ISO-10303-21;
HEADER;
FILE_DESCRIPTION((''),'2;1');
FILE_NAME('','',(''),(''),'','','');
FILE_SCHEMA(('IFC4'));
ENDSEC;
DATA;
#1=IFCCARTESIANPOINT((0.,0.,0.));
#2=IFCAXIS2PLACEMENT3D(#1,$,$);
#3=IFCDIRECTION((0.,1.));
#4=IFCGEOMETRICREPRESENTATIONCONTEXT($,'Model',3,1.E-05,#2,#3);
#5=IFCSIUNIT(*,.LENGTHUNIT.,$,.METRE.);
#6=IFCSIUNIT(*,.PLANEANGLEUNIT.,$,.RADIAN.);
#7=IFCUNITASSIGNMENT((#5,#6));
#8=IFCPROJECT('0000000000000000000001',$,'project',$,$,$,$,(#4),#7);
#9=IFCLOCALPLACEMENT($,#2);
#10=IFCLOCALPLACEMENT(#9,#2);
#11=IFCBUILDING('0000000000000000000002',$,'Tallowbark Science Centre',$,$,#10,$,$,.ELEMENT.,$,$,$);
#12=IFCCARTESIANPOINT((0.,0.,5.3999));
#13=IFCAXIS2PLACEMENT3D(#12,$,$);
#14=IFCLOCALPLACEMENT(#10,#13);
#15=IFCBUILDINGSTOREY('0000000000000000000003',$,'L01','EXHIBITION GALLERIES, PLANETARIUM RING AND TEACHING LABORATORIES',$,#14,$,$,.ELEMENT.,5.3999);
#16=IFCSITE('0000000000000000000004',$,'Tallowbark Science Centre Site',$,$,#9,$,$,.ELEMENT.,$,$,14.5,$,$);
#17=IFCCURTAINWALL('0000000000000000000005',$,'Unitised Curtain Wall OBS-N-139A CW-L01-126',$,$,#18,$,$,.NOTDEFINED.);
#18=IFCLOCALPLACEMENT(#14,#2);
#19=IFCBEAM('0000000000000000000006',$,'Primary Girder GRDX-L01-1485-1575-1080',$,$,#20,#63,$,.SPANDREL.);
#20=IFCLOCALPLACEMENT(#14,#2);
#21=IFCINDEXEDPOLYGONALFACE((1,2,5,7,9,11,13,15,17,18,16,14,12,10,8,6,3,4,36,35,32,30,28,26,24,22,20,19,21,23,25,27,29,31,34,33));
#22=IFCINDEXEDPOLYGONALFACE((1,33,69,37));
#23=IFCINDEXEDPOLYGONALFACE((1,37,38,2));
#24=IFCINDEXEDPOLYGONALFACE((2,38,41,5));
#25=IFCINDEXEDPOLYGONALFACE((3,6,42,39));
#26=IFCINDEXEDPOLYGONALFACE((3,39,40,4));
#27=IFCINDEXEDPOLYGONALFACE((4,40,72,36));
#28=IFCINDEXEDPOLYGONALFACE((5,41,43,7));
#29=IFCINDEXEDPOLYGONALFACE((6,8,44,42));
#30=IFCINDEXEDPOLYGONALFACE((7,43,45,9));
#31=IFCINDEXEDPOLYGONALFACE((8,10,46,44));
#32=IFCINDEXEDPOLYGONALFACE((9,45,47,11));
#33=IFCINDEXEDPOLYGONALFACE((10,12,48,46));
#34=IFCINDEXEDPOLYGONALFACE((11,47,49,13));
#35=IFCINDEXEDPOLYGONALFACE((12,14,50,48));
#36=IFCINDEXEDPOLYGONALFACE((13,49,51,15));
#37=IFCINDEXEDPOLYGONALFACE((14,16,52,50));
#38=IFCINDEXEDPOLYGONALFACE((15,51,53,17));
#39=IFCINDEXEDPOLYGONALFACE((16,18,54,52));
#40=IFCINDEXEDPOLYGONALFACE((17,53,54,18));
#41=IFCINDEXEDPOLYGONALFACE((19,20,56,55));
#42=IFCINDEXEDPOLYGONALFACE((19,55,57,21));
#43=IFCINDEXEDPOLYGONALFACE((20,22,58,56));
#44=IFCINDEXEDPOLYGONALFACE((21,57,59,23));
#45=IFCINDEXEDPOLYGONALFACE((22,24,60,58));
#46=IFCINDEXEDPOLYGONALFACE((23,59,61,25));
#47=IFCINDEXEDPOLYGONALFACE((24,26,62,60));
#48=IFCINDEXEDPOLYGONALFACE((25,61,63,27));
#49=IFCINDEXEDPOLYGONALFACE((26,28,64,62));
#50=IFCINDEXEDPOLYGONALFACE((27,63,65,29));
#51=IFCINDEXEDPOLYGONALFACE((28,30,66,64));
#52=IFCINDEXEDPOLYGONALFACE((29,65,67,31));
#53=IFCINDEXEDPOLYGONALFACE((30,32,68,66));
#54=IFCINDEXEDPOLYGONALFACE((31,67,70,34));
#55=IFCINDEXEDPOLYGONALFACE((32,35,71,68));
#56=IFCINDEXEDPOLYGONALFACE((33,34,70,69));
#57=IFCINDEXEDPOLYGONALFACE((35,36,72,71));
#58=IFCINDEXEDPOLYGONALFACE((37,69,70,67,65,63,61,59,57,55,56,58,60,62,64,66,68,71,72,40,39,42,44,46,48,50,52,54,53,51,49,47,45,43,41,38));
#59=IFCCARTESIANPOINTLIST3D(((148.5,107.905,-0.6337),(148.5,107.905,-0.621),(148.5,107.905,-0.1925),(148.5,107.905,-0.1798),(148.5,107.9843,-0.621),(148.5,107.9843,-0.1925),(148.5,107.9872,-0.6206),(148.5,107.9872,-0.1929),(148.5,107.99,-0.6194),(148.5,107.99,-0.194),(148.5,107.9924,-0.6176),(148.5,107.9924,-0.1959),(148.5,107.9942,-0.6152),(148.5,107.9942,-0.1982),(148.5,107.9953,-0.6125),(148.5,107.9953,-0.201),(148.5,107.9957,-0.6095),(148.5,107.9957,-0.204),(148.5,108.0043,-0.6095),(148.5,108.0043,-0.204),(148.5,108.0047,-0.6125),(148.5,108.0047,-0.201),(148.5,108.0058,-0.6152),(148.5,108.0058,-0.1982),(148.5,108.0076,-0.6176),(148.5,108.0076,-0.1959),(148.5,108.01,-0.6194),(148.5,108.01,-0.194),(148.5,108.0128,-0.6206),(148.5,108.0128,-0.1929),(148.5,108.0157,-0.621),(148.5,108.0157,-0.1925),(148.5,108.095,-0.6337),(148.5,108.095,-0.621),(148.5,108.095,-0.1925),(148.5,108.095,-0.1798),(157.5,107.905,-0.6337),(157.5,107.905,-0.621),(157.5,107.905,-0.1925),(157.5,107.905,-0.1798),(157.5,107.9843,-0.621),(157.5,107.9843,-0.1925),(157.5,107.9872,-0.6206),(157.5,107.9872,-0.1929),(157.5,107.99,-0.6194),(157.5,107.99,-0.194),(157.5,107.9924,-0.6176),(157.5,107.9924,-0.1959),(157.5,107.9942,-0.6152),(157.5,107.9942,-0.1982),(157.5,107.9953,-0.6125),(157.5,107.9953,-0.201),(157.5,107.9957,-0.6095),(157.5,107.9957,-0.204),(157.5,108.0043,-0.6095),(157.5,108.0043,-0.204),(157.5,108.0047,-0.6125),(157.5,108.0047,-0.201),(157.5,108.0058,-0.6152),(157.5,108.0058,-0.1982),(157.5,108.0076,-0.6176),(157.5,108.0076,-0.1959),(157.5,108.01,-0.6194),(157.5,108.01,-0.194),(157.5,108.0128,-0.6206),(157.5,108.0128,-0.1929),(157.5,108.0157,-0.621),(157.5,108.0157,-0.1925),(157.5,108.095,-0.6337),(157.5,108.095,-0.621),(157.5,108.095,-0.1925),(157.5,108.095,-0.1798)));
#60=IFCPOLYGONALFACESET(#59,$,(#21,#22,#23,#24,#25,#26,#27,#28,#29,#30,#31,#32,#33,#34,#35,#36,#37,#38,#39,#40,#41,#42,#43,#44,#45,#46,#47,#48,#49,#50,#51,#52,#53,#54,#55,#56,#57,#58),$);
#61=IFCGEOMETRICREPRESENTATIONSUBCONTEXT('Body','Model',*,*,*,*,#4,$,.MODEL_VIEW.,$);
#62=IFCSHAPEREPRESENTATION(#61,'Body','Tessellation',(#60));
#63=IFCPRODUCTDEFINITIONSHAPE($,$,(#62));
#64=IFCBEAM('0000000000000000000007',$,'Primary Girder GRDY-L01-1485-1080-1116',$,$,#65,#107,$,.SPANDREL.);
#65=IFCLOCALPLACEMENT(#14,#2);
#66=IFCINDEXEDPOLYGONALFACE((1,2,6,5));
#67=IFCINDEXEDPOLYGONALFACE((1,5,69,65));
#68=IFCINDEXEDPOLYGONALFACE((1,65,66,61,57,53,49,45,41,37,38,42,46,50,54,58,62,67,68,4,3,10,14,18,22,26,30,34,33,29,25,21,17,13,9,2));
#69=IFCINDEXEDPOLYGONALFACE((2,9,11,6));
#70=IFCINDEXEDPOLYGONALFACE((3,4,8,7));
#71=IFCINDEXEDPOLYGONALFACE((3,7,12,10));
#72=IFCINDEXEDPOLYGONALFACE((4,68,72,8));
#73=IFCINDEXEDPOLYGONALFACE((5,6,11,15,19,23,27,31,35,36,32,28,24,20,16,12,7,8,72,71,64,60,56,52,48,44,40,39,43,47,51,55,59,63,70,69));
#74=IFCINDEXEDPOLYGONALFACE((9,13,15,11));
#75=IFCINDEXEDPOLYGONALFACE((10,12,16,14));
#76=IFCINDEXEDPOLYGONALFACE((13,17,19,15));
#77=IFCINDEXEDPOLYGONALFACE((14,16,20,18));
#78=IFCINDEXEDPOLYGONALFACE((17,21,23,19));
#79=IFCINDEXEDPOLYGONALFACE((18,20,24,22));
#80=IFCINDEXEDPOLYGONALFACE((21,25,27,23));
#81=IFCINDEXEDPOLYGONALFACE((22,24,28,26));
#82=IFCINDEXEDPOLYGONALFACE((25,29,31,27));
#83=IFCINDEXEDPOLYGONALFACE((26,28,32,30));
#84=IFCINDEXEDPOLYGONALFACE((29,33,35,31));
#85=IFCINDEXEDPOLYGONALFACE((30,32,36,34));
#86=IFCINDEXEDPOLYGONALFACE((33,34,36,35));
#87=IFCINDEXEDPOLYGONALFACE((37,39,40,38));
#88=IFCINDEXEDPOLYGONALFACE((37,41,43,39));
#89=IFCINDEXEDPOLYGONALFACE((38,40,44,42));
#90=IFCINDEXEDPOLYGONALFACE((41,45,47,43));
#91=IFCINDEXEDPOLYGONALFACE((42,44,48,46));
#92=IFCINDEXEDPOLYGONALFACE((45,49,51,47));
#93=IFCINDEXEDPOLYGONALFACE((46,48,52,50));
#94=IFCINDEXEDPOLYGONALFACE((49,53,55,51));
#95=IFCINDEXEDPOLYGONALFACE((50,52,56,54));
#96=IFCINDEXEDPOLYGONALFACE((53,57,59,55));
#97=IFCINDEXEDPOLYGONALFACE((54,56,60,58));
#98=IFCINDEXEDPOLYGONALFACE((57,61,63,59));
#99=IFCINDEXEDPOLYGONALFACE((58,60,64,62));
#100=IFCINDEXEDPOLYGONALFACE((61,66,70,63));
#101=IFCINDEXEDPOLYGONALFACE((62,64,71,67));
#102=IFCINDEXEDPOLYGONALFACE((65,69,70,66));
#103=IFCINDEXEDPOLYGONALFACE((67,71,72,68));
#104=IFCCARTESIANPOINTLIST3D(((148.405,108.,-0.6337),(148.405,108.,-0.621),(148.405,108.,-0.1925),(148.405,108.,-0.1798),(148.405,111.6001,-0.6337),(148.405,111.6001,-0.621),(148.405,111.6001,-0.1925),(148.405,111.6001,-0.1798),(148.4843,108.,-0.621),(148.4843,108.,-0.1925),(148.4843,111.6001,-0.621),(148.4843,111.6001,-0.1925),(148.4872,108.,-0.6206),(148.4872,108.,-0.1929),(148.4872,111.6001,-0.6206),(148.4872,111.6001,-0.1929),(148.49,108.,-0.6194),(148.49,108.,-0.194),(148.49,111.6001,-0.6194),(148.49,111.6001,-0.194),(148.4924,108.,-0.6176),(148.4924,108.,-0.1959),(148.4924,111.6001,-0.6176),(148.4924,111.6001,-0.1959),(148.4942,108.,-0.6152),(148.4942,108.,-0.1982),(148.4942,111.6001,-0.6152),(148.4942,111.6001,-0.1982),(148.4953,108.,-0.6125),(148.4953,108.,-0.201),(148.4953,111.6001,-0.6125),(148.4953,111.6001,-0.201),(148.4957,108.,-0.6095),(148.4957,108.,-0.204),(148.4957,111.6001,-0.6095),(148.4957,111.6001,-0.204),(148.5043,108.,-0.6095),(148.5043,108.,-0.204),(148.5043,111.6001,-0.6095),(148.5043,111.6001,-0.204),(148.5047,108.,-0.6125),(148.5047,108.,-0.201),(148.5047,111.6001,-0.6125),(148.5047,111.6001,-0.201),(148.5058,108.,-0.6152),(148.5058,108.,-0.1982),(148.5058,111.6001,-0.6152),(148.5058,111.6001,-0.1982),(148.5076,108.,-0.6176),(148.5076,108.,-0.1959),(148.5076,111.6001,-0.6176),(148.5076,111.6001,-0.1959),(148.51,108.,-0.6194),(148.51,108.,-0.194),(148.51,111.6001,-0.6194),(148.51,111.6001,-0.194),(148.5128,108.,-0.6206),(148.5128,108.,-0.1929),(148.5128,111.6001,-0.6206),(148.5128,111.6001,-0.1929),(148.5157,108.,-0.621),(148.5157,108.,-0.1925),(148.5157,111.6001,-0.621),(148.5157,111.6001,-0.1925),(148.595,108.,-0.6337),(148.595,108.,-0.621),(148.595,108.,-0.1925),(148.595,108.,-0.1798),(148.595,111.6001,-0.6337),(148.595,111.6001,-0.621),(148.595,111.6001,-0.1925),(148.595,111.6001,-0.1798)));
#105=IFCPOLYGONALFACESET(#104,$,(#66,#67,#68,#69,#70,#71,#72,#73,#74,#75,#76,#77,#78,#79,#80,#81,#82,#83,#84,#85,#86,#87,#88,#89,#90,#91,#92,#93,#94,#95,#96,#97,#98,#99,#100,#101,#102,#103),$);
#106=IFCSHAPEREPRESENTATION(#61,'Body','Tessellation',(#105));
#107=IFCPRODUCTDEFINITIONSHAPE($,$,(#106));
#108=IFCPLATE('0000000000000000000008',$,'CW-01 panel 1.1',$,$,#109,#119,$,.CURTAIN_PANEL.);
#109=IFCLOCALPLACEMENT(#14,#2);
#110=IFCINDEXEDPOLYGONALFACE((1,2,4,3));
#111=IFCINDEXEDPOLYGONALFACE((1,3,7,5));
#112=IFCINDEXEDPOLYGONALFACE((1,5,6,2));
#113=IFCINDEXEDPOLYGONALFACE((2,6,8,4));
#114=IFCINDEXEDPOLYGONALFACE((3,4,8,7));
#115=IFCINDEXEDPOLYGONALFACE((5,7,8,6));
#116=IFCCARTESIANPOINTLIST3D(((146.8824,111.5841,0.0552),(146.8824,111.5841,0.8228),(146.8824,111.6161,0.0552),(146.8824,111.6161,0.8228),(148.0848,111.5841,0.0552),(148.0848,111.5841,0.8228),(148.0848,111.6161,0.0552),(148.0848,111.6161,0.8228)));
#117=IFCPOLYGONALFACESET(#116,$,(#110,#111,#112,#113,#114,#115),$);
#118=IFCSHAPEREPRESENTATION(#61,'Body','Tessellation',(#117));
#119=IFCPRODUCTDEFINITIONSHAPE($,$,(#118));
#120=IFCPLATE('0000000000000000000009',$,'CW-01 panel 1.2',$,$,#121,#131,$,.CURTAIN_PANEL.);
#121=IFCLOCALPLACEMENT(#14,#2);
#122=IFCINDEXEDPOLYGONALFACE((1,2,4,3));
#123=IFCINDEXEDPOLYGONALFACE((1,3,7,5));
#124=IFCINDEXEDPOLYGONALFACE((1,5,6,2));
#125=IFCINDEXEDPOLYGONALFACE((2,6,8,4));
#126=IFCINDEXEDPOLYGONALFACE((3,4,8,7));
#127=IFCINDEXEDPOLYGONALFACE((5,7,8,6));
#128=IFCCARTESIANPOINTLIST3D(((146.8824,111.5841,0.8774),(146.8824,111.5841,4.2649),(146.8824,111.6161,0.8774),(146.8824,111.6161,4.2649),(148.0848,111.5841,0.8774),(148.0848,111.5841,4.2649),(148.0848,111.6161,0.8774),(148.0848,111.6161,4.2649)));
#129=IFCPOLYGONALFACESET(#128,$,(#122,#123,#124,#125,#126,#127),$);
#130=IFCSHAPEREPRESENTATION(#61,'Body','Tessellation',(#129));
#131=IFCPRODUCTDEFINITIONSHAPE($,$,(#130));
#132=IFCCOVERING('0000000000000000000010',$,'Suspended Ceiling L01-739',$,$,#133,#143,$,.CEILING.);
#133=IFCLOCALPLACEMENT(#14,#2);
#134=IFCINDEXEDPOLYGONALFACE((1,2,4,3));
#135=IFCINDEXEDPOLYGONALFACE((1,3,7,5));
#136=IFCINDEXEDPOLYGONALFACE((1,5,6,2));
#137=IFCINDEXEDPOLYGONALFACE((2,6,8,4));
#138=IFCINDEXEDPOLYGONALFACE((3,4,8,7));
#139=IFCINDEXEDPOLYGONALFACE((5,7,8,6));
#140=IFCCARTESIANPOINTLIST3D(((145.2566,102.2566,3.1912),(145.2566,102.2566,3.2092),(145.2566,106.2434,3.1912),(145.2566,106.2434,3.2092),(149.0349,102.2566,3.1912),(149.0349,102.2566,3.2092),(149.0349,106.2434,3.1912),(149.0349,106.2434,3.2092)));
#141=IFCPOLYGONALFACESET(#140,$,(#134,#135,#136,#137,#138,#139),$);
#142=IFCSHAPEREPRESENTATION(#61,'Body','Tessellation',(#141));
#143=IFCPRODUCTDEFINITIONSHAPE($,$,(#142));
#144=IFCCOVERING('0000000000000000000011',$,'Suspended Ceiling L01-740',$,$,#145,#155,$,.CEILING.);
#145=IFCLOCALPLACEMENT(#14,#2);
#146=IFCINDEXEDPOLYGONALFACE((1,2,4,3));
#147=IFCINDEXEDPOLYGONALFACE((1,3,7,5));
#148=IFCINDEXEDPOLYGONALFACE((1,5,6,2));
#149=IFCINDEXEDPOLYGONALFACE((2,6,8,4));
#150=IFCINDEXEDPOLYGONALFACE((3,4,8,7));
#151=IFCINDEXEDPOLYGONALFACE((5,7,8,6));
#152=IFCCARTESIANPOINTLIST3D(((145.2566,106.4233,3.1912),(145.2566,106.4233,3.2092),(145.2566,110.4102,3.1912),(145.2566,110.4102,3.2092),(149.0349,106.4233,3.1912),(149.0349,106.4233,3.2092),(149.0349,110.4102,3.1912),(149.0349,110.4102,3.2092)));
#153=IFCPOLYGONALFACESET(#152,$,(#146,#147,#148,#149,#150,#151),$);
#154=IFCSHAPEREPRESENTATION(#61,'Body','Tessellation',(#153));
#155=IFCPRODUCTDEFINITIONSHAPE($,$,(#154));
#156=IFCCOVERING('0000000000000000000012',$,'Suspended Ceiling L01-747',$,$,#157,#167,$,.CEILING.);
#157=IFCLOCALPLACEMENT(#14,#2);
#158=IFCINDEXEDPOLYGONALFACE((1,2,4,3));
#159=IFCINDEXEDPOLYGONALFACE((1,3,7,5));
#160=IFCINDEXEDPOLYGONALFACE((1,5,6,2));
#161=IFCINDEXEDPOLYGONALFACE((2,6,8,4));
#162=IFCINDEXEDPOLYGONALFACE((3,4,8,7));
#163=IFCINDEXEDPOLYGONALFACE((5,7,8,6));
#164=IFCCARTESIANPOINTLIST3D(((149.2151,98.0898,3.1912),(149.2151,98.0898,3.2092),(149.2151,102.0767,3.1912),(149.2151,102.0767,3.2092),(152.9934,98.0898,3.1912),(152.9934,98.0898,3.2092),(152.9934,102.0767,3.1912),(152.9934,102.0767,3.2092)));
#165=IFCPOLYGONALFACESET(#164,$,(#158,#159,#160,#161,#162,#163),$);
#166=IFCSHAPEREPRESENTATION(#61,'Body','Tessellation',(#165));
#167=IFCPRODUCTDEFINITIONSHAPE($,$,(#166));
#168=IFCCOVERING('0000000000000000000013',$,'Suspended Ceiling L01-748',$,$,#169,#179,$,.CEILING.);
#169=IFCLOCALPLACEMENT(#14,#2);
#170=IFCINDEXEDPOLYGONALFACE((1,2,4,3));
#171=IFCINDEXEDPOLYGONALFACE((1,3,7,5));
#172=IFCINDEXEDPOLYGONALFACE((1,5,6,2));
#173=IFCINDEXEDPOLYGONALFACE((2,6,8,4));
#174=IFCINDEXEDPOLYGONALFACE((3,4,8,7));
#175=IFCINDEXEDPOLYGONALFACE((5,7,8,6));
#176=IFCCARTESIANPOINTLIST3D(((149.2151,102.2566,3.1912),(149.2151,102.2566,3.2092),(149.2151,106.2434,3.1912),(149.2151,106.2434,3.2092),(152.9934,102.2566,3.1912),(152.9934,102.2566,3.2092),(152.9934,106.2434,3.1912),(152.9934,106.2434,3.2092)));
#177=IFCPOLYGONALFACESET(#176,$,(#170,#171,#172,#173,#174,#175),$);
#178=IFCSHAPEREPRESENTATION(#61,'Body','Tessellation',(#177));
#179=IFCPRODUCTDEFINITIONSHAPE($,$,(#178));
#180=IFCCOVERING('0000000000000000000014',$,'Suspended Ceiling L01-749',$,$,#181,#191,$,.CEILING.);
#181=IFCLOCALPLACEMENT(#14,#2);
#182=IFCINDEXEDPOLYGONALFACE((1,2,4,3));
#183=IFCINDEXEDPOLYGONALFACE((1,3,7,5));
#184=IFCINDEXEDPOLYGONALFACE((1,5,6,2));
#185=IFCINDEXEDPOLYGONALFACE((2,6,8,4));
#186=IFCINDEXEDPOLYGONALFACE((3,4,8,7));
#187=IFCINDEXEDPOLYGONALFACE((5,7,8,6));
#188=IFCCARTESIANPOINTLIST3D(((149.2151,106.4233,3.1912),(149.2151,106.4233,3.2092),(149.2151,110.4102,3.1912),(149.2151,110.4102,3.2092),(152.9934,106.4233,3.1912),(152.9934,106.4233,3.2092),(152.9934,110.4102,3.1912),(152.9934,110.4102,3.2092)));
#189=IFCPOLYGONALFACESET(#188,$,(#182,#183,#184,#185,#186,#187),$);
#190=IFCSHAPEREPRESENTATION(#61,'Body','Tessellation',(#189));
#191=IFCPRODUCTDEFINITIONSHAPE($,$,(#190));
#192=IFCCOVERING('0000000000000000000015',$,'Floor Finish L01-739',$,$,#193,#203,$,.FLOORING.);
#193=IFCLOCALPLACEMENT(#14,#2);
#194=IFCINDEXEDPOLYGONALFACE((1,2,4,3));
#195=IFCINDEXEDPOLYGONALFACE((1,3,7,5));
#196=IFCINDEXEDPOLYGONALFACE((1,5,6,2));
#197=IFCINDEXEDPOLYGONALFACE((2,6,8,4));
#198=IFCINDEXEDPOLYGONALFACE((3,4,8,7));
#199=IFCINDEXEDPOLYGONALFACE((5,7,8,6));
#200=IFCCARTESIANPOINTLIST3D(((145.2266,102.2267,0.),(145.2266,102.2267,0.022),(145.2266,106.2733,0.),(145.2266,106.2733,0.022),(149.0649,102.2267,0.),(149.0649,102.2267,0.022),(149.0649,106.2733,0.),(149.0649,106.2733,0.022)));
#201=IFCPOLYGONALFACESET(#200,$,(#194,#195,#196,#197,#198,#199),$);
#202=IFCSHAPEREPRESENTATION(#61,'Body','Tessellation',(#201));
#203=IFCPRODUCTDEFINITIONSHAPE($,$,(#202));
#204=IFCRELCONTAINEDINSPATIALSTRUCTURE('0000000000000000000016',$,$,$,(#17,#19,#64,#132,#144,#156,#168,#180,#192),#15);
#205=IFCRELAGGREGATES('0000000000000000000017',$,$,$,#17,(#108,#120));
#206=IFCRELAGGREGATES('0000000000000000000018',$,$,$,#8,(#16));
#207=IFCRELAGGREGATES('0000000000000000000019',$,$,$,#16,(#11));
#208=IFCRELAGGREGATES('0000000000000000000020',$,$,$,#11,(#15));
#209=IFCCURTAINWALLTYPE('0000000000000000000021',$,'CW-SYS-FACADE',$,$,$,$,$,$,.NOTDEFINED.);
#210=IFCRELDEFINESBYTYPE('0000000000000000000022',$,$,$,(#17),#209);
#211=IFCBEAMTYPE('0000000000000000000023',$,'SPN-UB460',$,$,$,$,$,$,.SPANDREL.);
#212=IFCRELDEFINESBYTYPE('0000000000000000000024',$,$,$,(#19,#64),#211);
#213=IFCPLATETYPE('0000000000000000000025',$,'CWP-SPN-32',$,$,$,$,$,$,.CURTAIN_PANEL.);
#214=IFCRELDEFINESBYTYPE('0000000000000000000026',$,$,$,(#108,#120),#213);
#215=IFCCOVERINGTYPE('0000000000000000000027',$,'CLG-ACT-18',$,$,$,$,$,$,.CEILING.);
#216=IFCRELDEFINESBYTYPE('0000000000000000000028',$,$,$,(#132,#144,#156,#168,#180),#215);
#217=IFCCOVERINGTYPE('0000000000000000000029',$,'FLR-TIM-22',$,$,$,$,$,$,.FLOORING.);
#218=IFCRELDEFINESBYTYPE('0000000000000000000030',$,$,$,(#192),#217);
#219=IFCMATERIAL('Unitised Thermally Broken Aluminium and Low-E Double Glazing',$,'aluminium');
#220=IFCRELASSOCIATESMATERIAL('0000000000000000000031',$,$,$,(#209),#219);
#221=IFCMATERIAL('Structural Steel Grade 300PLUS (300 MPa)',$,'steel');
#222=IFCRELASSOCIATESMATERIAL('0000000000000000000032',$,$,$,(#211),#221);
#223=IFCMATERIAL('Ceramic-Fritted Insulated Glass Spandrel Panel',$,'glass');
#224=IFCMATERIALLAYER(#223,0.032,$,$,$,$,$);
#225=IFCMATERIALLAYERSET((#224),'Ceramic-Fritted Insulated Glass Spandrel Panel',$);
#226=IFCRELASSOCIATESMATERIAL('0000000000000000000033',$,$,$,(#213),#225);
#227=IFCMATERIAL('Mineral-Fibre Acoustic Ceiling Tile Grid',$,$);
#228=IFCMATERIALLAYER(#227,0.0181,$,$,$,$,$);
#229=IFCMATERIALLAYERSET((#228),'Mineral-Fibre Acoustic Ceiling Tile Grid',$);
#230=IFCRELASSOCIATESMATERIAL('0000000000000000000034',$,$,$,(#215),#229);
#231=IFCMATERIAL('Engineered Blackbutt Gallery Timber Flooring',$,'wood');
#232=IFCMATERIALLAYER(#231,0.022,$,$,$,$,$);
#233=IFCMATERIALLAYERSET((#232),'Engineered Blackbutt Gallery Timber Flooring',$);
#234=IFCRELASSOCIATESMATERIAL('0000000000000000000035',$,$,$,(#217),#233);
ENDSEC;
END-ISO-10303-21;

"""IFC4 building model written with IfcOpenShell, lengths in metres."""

from ifc_helpers import new_model, si_unit, direction, frame, origin, origin_2d, place, context, subcontext, project, spatial, rectangle, i_section, extrude, material, layer, layer_set, material_profile, profile_set, type_object, element, aggregate, save


model = new_model("IFC4")

# Units and contexts
model_context = context("Model", 3, precision=1e-05, world=origin(), true_north=direction((0.0, 1.0)))
body_context = subcontext(model_context, "Body", "Model", "MODEL_VIEW")
ifc_project = project(units=[si_unit("LENGTHUNIT", "METRE"), si_unit("PLANEANGLEUNIT", "RADIAN")], contexts=[model_context])

# Site, building, storey
site_placement = place(None, origin())
site = spatial("IfcSite", under=ifc_project, at=site_placement, Name="Tallowbark Science Centre Site", CompositionType="ELEMENT", RefElevation=14.5)
building_placement = place(site_placement, origin())
building = spatial("IfcBuilding", under=site, at=building_placement, Name="Tallowbark Science Centre", CompositionType="ELEMENT")
storey_placement = place(building_placement, frame((0.0, 0.0, 5.3999)))
storey = spatial("IfcBuildingStorey", under=building, at=storey_placement, Name="L01", Description="EXHIBITION GALLERIES, PLANETARIUM RING AND TEACHING LABORATORIES", CompositionType="ELEMENT", Elevation=5.3999)

# Shared definitions
ifc_material_1 = material(Name="Structural Steel Grade 300PLUS (300 MPa)", Category="steel")

# Curtain wall
ifc_material_2 = material(Name="Unitised Thermally Broken Aluminium and Low-E Double Glazing", Category="aluminium")
curtain_wall_type = type_object("IfcCurtainWallType", Name="CW-SYS-FACADE", PredefinedType="NOTDEFINED", material=ifc_material_2)
curtain_wall_placement = place(storey_placement, origin())
curtain_wall = element("IfcCurtainWall", 1, at=curtain_wall_placement, inside=storey, type_object=curtain_wall_type, Name="Unitised Curtain Wall OBS-N-139A CW-L01-126", PredefinedType="NOTDEFINED")

# Beams
ifc_material_profile_1 = material_profile(ifc_material_1, i_section(OverallWidth=0.1899, OverallDepth=0.4539, WebThickness=0.0085, FlangeThickness=0.0127, FilletRadius=0.0115, at=origin_2d()), Name="460UB67.1")
ifc_profile_set_1 = profile_set([ifc_material_profile_1], Name="Structural Steel Grade 300PLUS (300 MPa)")
beam_type_1 = type_object("IfcBeamType", Name="SPN-UB460", PredefinedType="SPANDREL", material=ifc_profile_set_1)
beam_1_placement = place(storey_placement, frame((148.5, 108.0, -0.4067), z_axis=(1.0, 0.0, 0.0), x_axis=(0.0, 1.0, 0.0)))
element("IfcBeam", 2, at=beam_1_placement, inside=storey, type_object=beam_type_1, Name="Primary Girder GRDX-L01-1485-1575-1080", PredefinedType="SPANDREL", context=body_context, shape_type="SweptSolid", body=[
    extrude(i_section(OverallWidth=0.1899, OverallDepth=0.4539, WebThickness=0.0085, FlangeThickness=0.0127, FilletRadius=0.0115, at=origin_2d()), origin(), (0.0, 0.0, 1.0), 9.0),
])
beam_2_placement = place(storey_placement, frame((148.5, 108.0, -0.4067), z_axis=(0.0, 1.0, 0.0), x_axis=(-1.0, 0.0, 0.0)))
element("IfcBeam", 3, at=beam_2_placement, inside=storey, type_object=beam_type_1, Name="Primary Girder GRDY-L01-1485-1080-1116", PredefinedType="SPANDREL", context=body_context, shape_type="SweptSolid", body=[
    extrude(i_section(OverallWidth=0.1899, OverallDepth=0.4539, WebThickness=0.0085, FlangeThickness=0.0127, FilletRadius=0.0115, at=origin_2d()), origin(), (0.0, 0.0, 1.0), 3.6001),
])

# Plates
ifc_material_3 = material(Name="Ceramic-Fritted Insulated Glass Spandrel Panel", Category="glass")
ifc_layer_1 = layer(ifc_material_3, 0.032)
ifc_layer_set_1 = layer_set([ifc_layer_1], Name="Ceramic-Fritted Insulated Glass Spandrel Panel")
plate_type = type_object("IfcPlateType", Name="CWP-SPN-32", PredefinedType="CURTAIN_PANEL", material=ifc_layer_set_1)
plate_1_placement = place(storey_placement, frame((147.4836, 111.6001, 0.0552), z_axis=(0.0, 0.0, 1.0), x_axis=(-1.0, 0.0, 0.0)))
plate_1 = element("IfcPlate", 4, at=plate_1_placement, type_object=plate_type, Name="CW-01 panel 1.1", PredefinedType="CURTAIN_PANEL", context=body_context, shape_type="SweptSolid", body=[
    extrude(rectangle(XDim=1.2024, YDim=0.032, at=origin_2d()), origin(), (0.0, 0.0, 1.0), 0.7676),
])
plate_2_placement = place(storey_placement, frame((147.4836, 111.6001, 0.8774), z_axis=(0.0, 0.0, 1.0), x_axis=(-1.0, 0.0, 0.0)))
plate_2 = element("IfcPlate", 5, at=plate_2_placement, type_object=plate_type, Name="CW-01 panel 1.2", PredefinedType="CURTAIN_PANEL", context=body_context, shape_type="SweptSolid", body=[
    extrude(rectangle(XDim=1.2024, YDim=0.032, at=origin_2d()), origin(), (0.0, 0.0, 1.0), 3.3875),
])
aggregate(curtain_wall, [plate_1, plate_2])

# Coverings
ifc_material_4 = material(Name="Mineral-Fibre Acoustic Ceiling Tile Grid")
ifc_layer_2 = layer(ifc_material_4, 0.0181)
ifc_layer_set_2 = layer_set([ifc_layer_2], Name="Mineral-Fibre Acoustic Ceiling Tile Grid")
covering_type_1 = type_object("IfcCoveringType", Name="CLG-ACT-18", PredefinedType="CEILING", material=ifc_layer_set_2)
for number, where, z_axis, x_axis, name in (
    (6, (147.1458, 104.25, 3.1912), (0.0, 0.0, 1.0), (1.0, 0.0, 0.0), "Suspended Ceiling L01-739"),
    (7, (147.1458, 108.4167, 3.1912), (0.0, 0.0, 1.0), (1.0, 0.0, 0.0), "Suspended Ceiling L01-740"),
    (8, (151.1042, 100.0833, 3.1912), (0.0, 0.0, 1.0), (1.0, 0.0, 0.0), "Suspended Ceiling L01-747"),
    (9, (151.1042, 104.25, 3.1912), (0.0, 0.0, 1.0), (1.0, 0.0, 0.0), "Suspended Ceiling L01-748"),
    (10, (151.1042, 108.4167, 3.1912), (0.0, 0.0, 1.0), (1.0, 0.0, 0.0), "Suspended Ceiling L01-749"),
):
    element("IfcCovering", number, at=place(storey_placement, frame(where, z_axis=z_axis, x_axis=x_axis)), inside=storey, type_object=covering_type_1, Name=name, PredefinedType="CEILING", context=body_context, shape_type="SweptSolid", body=[
        extrude(rectangle(XDim=3.7783, YDim=3.9868, at=origin_2d()), origin(), (0.0, 0.0, 1.0), 0.0181),
    ])
ifc_material_5 = material(Name="Engineered Blackbutt Gallery Timber Flooring", Category="wood")
ifc_layer_3 = layer(ifc_material_5, 0.022)
ifc_layer_set_3 = layer_set([ifc_layer_3], Name="Engineered Blackbutt Gallery Timber Flooring")
covering_type_2 = type_object("IfcCoveringType", Name="FLR-TIM-22", PredefinedType="FLOORING", material=ifc_layer_set_3)
for number, where, z_axis, x_axis, name in (
    (11, (147.1458, 104.25, 0.0), (0.0, 0.0, 1.0), (1.0, 0.0, 0.0), "Floor Finish L01-739"),
):
    element("IfcCovering", number, at=place(storey_placement, frame(where, z_axis=z_axis, x_axis=x_axis)), inside=storey, type_object=covering_type_2, Name=name, PredefinedType="FLOORING", context=body_context, shape_type="SweptSolid", body=[
        extrude(rectangle(XDim=3.8384, YDim=4.0466, at=origin_2d()), origin(), (0.0, 0.0, 1.0), 0.022),
    ])

save(model, "model.ifc")
